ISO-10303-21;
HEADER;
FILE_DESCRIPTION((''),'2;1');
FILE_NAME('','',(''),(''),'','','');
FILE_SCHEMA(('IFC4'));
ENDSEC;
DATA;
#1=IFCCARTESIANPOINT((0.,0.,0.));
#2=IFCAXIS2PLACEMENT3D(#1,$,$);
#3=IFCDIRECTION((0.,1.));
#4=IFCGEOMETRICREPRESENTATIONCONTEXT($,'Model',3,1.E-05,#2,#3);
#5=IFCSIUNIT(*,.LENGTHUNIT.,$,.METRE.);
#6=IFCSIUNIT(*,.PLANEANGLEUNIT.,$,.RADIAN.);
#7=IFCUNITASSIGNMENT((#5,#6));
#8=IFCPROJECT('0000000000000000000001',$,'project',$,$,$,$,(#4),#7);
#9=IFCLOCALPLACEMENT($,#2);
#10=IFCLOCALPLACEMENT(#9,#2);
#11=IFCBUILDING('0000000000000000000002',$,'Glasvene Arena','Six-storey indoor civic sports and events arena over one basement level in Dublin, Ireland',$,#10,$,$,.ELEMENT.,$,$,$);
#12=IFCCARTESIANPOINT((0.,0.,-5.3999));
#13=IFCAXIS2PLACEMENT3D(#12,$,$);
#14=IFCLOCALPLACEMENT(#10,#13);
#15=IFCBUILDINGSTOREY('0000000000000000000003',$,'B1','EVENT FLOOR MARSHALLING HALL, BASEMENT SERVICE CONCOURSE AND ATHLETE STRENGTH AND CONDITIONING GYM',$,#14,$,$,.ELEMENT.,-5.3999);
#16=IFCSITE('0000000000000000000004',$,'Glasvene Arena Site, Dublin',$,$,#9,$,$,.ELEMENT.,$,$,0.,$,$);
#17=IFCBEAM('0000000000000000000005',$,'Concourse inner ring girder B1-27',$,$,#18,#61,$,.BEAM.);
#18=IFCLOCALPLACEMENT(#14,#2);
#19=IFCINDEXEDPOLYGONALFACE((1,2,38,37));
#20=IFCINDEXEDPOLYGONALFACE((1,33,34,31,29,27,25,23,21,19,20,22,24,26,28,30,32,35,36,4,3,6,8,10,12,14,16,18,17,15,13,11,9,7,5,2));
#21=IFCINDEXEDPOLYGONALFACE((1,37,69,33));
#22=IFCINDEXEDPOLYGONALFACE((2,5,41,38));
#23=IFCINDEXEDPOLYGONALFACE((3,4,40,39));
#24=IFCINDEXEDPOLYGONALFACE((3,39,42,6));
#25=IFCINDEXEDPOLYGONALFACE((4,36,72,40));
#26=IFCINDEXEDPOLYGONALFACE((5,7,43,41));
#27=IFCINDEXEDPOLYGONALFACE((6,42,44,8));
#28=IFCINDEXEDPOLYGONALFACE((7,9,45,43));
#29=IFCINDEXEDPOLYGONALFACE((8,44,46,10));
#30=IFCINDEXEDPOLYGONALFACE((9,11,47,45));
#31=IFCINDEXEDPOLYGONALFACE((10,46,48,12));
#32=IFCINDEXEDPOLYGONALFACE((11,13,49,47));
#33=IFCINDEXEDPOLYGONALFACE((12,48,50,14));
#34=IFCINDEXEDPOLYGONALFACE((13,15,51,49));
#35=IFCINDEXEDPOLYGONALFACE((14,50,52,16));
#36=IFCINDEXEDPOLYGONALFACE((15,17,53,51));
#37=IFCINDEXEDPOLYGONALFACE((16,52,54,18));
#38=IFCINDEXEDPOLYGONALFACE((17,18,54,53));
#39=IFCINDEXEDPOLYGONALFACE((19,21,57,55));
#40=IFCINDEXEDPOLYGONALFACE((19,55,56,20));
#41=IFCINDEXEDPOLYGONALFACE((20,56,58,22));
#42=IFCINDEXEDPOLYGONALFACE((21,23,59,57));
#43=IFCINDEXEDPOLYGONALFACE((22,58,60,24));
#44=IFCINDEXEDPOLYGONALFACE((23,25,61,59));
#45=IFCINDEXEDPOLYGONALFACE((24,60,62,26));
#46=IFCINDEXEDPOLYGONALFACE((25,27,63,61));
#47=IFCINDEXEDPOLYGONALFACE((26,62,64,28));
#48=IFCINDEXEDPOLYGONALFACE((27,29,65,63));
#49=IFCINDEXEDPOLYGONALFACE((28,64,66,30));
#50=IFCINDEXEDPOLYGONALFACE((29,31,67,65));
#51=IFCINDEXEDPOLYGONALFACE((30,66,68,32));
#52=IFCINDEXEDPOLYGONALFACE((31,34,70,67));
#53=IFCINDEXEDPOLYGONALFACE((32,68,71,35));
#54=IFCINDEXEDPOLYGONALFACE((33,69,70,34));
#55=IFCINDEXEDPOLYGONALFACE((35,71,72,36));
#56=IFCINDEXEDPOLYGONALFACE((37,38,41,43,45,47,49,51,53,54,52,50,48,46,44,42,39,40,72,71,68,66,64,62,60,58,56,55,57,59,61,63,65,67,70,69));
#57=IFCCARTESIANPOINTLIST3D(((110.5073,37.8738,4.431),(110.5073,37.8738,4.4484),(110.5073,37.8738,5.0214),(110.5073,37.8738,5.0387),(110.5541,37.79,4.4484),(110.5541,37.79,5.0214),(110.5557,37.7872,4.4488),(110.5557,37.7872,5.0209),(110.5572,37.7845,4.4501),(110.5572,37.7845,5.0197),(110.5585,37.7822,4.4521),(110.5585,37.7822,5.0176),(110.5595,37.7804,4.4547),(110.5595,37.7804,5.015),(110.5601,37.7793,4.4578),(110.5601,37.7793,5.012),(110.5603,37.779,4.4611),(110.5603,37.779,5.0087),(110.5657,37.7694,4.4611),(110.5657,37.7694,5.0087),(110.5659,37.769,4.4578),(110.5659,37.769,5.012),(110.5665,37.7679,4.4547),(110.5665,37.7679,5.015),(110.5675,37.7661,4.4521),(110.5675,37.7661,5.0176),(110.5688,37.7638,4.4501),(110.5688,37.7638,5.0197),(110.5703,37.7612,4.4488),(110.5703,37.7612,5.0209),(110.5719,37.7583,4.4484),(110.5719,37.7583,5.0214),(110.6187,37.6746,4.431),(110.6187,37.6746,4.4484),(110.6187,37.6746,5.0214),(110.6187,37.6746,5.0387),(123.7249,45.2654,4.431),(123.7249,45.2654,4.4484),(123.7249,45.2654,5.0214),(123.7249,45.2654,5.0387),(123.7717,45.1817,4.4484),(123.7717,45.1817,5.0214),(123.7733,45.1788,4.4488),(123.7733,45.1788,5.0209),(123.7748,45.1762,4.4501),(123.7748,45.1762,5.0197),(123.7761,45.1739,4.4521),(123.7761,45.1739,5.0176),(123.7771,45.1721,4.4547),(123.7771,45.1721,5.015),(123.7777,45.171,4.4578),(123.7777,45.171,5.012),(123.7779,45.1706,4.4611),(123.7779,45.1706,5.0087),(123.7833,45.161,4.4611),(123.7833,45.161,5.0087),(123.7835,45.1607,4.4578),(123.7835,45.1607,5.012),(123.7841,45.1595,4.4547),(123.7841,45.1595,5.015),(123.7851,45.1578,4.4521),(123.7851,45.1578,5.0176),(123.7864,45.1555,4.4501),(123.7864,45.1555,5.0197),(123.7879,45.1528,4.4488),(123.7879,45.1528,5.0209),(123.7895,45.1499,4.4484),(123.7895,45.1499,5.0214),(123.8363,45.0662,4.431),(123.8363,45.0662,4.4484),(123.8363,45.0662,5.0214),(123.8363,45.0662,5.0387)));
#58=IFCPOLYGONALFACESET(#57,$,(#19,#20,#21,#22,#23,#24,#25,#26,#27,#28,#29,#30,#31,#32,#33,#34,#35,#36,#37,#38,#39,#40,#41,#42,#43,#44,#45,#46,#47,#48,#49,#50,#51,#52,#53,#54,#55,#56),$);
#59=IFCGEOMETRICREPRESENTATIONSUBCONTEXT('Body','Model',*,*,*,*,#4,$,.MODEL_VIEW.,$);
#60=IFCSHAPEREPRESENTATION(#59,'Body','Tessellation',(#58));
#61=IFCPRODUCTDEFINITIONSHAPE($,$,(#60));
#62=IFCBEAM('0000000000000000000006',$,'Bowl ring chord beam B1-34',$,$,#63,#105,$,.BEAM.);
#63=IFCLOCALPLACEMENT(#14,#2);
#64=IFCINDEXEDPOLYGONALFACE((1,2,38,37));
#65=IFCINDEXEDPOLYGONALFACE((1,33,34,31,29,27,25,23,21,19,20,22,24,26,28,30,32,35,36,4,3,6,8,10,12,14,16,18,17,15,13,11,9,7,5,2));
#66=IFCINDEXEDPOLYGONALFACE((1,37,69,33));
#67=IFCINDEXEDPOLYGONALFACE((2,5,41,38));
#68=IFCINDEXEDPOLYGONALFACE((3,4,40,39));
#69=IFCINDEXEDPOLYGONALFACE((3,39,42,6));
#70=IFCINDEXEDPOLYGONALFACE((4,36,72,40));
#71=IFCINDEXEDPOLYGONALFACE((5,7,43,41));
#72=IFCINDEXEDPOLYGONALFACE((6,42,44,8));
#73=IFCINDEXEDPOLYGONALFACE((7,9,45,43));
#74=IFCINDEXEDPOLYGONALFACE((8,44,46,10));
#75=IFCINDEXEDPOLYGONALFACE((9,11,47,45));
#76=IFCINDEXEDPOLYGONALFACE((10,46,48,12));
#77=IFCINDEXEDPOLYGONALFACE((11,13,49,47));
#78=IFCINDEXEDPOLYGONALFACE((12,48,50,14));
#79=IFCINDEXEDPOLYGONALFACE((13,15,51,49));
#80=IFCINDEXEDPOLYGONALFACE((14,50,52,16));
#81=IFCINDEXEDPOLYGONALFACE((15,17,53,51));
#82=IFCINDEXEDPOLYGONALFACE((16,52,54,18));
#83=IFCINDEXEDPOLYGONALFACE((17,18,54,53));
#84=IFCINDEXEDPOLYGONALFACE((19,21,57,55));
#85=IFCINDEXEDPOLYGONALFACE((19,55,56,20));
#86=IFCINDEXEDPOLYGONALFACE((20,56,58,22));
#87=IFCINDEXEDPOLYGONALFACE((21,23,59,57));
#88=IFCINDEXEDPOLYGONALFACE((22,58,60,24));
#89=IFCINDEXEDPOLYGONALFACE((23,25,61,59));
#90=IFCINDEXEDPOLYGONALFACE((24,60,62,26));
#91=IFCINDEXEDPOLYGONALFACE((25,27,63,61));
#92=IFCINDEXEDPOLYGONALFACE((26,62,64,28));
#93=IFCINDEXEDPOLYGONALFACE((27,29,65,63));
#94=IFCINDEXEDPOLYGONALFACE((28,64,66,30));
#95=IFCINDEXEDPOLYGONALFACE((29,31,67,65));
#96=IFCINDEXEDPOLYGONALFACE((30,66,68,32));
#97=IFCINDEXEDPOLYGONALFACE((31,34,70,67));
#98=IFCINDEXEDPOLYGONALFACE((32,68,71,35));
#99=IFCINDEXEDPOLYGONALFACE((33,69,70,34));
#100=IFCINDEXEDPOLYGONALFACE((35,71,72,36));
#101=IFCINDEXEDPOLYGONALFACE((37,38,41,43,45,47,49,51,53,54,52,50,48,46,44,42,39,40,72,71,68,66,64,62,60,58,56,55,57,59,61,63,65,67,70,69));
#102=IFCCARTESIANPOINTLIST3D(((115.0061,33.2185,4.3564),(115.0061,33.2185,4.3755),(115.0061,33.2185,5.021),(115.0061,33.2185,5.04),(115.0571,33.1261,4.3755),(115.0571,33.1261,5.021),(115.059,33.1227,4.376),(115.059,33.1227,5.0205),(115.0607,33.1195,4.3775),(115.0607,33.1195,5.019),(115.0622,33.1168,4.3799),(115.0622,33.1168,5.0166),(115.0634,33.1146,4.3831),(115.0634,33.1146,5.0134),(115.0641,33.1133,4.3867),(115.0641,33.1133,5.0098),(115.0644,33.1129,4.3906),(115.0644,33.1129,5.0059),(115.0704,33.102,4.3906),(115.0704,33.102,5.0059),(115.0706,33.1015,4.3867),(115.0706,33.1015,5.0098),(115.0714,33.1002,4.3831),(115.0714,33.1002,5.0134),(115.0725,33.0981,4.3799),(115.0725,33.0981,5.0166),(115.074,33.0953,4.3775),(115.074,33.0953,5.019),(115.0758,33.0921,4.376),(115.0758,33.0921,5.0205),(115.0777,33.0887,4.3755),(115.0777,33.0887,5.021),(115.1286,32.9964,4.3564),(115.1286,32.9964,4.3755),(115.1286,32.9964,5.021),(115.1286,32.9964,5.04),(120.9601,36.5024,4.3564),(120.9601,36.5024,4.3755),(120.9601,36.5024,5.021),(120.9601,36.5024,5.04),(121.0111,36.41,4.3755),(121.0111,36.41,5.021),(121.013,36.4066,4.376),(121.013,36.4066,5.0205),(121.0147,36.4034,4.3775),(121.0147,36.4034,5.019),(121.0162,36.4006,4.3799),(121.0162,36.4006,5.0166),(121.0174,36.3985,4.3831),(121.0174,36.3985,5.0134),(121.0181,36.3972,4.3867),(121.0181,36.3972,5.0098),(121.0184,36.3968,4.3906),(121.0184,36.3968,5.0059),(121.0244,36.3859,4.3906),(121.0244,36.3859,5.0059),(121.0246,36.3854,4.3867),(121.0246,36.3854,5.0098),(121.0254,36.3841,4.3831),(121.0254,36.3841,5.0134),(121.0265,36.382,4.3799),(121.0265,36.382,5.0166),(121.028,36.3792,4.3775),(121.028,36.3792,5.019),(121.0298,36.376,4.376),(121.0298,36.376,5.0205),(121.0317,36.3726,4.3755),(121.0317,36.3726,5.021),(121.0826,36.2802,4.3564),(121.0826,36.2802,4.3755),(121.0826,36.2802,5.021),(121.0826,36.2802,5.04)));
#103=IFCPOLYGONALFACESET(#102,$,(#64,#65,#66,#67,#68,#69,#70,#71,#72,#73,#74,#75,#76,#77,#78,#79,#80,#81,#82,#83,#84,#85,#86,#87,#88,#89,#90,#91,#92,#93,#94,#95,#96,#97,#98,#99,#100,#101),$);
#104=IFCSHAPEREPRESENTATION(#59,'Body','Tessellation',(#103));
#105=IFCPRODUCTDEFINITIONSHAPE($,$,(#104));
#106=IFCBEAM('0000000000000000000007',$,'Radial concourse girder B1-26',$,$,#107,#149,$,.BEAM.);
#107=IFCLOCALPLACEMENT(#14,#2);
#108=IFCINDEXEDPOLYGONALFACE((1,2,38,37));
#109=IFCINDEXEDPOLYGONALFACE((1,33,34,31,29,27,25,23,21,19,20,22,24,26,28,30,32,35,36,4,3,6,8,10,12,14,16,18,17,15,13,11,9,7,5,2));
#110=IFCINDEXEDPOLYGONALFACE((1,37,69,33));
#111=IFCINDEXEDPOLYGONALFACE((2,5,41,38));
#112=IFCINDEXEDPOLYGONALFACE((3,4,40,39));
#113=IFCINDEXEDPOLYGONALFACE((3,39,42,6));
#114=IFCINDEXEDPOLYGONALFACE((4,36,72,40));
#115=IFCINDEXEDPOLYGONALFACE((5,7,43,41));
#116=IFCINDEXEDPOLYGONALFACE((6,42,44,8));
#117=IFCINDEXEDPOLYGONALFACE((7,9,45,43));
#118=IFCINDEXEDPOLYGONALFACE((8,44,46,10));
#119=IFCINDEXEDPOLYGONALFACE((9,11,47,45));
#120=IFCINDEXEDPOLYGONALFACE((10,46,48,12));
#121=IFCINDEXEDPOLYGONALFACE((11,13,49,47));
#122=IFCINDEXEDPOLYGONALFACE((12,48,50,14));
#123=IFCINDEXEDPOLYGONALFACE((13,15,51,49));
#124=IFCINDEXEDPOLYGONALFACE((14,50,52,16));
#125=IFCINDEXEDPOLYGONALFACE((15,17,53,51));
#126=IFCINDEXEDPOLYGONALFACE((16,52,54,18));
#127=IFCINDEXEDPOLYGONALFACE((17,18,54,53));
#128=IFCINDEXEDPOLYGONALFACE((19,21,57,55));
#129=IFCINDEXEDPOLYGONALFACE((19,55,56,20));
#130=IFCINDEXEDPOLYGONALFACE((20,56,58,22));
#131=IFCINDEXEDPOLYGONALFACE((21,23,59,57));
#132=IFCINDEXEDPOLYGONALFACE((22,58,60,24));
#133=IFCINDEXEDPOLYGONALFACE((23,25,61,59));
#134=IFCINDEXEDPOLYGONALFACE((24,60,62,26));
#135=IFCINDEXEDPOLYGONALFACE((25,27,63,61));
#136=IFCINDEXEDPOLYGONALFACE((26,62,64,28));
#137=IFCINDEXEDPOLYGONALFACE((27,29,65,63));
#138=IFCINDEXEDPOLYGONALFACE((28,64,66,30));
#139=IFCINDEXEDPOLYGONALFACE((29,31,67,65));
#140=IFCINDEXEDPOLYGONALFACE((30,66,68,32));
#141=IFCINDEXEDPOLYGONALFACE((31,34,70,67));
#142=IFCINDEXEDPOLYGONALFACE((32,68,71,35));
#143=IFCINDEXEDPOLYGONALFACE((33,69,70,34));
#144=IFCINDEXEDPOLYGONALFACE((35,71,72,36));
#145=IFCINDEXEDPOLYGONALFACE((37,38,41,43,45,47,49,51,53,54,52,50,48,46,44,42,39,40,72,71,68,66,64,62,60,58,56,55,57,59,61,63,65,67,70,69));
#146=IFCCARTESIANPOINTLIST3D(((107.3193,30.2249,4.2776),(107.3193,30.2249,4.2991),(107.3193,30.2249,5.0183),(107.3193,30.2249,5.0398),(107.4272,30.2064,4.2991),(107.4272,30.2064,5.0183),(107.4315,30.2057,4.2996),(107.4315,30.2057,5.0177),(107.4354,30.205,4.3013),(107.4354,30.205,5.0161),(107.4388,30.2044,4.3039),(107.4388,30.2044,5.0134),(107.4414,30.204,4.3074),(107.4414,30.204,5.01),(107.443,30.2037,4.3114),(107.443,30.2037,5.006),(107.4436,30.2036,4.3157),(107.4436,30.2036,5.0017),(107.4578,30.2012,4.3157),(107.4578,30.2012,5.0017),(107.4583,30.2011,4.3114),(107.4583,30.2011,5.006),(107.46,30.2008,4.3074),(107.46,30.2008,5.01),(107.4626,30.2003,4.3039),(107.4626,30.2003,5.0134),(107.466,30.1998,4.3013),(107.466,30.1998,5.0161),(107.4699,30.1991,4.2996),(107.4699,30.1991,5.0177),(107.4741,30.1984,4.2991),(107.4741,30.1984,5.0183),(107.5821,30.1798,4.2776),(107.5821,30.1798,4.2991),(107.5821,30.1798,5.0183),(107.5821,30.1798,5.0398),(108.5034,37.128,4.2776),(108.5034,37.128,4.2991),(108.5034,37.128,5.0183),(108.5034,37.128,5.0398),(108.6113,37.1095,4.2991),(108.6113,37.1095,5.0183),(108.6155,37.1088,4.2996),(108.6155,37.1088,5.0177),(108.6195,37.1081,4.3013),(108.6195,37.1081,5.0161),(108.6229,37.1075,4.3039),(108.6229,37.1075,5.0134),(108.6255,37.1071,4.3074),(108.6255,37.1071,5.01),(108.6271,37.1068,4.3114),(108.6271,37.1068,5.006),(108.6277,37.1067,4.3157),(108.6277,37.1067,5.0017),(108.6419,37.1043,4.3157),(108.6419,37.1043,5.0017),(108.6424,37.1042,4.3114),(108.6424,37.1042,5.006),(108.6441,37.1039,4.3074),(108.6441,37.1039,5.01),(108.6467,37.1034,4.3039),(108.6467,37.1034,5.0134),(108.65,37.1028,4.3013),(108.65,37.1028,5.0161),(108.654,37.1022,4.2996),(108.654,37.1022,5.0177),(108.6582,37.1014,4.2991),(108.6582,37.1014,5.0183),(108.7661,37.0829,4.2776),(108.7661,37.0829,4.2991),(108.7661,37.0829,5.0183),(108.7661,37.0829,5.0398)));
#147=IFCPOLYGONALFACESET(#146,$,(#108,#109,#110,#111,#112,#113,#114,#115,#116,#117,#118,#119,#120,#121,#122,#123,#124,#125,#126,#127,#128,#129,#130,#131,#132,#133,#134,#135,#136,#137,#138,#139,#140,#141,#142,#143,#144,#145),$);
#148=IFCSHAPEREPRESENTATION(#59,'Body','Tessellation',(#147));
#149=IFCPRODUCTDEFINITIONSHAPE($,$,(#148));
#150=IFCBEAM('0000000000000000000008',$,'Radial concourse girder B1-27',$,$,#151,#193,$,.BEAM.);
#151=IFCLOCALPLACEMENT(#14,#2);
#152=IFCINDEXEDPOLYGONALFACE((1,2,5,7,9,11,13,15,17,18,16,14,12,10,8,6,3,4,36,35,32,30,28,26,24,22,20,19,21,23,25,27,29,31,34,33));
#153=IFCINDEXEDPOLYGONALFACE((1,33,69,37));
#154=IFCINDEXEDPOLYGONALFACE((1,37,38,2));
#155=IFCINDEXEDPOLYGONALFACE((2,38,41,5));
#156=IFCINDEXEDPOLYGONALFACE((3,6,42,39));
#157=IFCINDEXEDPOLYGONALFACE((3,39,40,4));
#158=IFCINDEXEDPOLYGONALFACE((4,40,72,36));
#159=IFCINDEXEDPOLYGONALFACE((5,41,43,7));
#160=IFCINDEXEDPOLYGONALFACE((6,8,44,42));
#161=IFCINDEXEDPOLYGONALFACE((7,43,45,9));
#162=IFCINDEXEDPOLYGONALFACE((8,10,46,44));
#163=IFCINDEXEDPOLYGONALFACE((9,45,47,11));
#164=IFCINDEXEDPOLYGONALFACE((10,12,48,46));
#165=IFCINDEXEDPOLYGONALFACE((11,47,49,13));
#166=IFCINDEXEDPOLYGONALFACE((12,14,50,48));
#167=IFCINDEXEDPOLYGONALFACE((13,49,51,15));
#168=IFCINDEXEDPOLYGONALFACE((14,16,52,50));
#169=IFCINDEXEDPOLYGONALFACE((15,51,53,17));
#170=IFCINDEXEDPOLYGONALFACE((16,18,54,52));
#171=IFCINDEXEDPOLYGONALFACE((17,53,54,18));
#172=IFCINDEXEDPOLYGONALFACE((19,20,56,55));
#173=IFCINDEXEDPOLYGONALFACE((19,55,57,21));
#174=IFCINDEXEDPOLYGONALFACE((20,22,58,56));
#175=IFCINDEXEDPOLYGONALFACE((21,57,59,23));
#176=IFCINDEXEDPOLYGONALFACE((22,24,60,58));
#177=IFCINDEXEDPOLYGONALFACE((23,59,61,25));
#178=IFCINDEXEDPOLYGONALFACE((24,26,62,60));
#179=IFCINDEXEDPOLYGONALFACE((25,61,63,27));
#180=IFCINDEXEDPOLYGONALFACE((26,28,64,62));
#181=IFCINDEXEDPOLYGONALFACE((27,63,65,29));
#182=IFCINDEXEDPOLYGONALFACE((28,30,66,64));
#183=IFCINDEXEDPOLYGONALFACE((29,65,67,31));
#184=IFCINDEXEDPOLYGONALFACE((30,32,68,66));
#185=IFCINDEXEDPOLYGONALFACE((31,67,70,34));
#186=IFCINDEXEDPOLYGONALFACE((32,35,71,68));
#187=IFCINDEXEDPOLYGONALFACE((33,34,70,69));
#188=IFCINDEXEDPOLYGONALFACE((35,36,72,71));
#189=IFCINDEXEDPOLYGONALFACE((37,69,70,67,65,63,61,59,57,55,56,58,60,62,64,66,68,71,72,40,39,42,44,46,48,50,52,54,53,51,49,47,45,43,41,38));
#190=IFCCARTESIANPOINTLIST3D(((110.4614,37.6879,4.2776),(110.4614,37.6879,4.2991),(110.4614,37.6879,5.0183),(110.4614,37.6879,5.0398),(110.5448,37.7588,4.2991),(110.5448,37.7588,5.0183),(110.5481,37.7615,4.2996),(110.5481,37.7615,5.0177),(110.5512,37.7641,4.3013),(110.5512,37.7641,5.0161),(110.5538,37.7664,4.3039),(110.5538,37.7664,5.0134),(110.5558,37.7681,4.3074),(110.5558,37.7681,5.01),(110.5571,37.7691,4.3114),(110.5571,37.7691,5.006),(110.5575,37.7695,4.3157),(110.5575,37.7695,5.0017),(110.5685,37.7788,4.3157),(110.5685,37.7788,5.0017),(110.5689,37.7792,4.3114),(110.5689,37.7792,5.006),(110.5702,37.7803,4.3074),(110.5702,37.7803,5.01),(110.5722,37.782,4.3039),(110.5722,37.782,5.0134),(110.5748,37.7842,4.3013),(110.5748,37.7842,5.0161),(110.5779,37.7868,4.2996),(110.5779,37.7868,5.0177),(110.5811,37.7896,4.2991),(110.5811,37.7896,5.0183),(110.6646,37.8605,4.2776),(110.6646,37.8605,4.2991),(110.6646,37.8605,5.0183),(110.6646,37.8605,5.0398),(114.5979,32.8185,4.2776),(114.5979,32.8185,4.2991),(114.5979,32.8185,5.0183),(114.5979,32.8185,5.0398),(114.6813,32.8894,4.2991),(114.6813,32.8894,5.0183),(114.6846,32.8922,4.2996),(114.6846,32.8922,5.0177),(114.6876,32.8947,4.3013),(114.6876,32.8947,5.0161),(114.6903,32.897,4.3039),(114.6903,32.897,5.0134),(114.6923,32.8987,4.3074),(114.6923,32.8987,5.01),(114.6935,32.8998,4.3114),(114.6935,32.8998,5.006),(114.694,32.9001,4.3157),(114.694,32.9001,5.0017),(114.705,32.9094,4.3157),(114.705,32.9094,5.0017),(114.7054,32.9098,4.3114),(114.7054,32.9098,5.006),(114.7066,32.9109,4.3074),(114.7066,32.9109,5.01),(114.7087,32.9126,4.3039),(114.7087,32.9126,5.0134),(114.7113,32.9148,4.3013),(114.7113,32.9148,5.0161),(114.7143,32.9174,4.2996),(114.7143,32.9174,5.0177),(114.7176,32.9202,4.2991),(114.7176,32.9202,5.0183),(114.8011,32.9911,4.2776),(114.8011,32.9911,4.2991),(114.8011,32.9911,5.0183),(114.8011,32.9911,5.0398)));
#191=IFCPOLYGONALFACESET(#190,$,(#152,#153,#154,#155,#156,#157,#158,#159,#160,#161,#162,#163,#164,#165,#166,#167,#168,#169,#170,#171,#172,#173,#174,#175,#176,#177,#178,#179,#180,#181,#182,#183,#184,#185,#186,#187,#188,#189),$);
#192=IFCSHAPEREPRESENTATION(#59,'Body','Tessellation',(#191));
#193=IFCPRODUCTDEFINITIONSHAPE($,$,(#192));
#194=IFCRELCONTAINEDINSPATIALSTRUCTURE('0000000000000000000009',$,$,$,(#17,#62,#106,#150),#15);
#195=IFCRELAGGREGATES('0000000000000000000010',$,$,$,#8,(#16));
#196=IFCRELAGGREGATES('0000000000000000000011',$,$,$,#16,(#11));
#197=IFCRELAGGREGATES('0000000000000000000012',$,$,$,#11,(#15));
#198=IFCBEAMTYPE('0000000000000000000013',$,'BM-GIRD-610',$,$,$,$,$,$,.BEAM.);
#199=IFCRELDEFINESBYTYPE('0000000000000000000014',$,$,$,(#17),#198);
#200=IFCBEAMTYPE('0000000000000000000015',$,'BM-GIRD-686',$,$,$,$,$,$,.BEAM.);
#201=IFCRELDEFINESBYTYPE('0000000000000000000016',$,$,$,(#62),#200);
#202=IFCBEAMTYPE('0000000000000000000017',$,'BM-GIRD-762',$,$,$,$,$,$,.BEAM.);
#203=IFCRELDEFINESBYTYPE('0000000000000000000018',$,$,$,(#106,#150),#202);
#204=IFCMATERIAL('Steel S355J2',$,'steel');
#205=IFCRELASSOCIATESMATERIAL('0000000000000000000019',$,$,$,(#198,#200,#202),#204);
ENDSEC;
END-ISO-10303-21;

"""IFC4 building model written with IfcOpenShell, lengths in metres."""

from ifc_helpers import new_model, si_unit, direction, frame, origin, origin_2d, place, context, subcontext, project, spatial, i_section, extrude, material, material_profile, profile_set, type_object, element, save


model = new_model("IFC4")

# Units and contexts
model_context = context("Model", 3, precision=1e-05, world=origin(), true_north=direction((0.0, 1.0)))
body_context = subcontext(model_context, "Body", "Model", "MODEL_VIEW")
ifc_project = project(units=[si_unit("LENGTHUNIT", "METRE"), si_unit("PLANEANGLEUNIT", "RADIAN")], contexts=[model_context])

# Site, building, storey
site_placement = place(None, origin())
site = spatial("IfcSite", under=ifc_project, at=site_placement, Name="Glasvene Arena Site, Dublin", CompositionType="ELEMENT", RefElevation=0.0)
building_placement = place(site_placement, origin())
building = spatial("IfcBuilding", under=site, at=building_placement, Name="Glasvene Arena", Description="Six-storey indoor civic sports and events arena over one basement level in Dublin, Ireland", CompositionType="ELEMENT")
storey_placement = place(building_placement, frame((0.0, 0.0, -5.3999)))
storey = spatial("IfcBuildingStorey", under=building, at=storey_placement, Name="B1", Description="EVENT FLOOR MARSHALLING HALL, BASEMENT SERVICE CONCOURSE AND ATHLETE STRENGTH AND CONDITIONING GYM", CompositionType="ELEMENT", Elevation=-5.3999)

# Shared definitions
ifc_material_1 = material(Name="Steel S355J2", Category="steel")

# Beams
ifc_material_profile_1 = material_profile(ifc_material_1, i_section(OverallWidth=0.2283, OverallDepth=0.6077, WebThickness=0.011, FlangeThickness=0.0173, FilletRadius=0.0127, at=origin_2d()), Name="UKB 610x229x113")
ifc_profile_set_1 = profile_set([ifc_material_profile_1], Name="Steel S355J2")
beam_type_1 = type_object("IfcBeamType", Name="BM-GIRD-610", PredefinedType="BEAM", material=ifc_profile_set_1)
beam_1_placement = place(storey_placement, frame((110.563, 37.7742, 4.7349), z_axis=(0.872793, 0.48809, 0.0), x_axis=(-0.48809, 0.872793, 0.0)))
element("IfcBeam", 1, at=beam_1_placement, inside=storey, type_object=beam_type_1, Name="Concourse inner ring girder B1-27", PredefinedType="BEAM", context=body_context, shape_type="SweptSolid", body=[
    extrude(i_section(OverallWidth=0.2283, OverallDepth=0.6077, WebThickness=0.011, FlangeThickness=0.0173, FilletRadius=0.0127, at=origin_2d()), origin(), (0.0, 0.0, 1.0), 15.144),
])
ifc_material_profile_2 = material_profile(ifc_material_1, i_section(OverallWidth=0.2537, OverallDepth=0.6836, WebThickness=0.0125, FlangeThickness=0.019, FilletRadius=0.0151, at=origin_2d()), Name="UKB 686x254x140")
ifc_profile_set_2 = profile_set([ifc_material_profile_2], Name="Steel S355J2")
beam_type_2 = type_object("IfcBeamType", Name="BM-GIRD-686", PredefinedType="BEAM", material=ifc_profile_set_2)
beam_2_placement = place(storey_placement, frame((115.0674, 33.1074, 4.6982), z_axis=(0.875645, 0.482955, 0.0), x_axis=(-0.482955, 0.875645, 0.0)))
element("IfcBeam", 2, at=beam_2_placement, inside=storey, type_object=beam_type_2, Name="Bowl ring chord beam B1-34", PredefinedType="BEAM", context=body_context, shape_type="SweptSolid", body=[
    extrude(i_section(OverallWidth=0.2537, OverallDepth=0.6836, WebThickness=0.0125, FlangeThickness=0.019, FilletRadius=0.0151, at=origin_2d()), origin(), (0.0, 0.0, 1.0), 6.7996),
])
ifc_material_profile_3 = material_profile(ifc_material_1, i_section(OverallWidth=0.2666, OverallDepth=0.7622, WebThickness=0.0144, FlangeThickness=0.0215, FilletRadius=0.0166, at=origin_2d()), Name="UKB 762x267x173")
ifc_profile_set_3 = profile_set([ifc_material_profile_3], Name="Steel S355J2")
beam_type_3 = type_object("IfcBeamType", Name="BM-GIRD-762", PredefinedType="BEAM", material=ifc_profile_set_3)
beam_3_placement = place(storey_placement, frame((108.6348, 37.1055, 4.6587), z_axis=(-0.169061, -0.985606, 0.0), x_axis=(0.985606, -0.169061, 0.0)))
element("IfcBeam", 3, at=beam_3_placement, inside=storey, type_object=beam_type_3, Name="Radial concourse girder B1-26", PredefinedType="BEAM", context=body_context, shape_type="SweptSolid", body=[
    extrude(i_section(OverallWidth=0.2666, OverallDepth=0.7622, WebThickness=0.0144, FlangeThickness=0.0215, FilletRadius=0.0166, at=origin_2d()), origin(), (0.0, 0.0, 1.0), 7.0039),
])
beam_4_placement = place(storey_placement, frame((110.563, 37.7742, 4.6587), z_axis=(0.647421, -0.762133, 0.0), x_axis=(0.762133, 0.647421, 0.0)))
element("IfcBeam", 4, at=beam_4_placement, inside=storey, type_object=beam_type_3, Name="Radial concourse girder B1-27", PredefinedType="BEAM", context=body_context, shape_type="SweptSolid", body=[
    extrude(i_section(OverallWidth=0.2666, OverallDepth=0.7622, WebThickness=0.0144, FlangeThickness=0.0215, FilletRadius=0.0166, at=origin_2d()), origin(), (0.0, 0.0, 1.0), 6.3892),
])

save(model, "model.ifc")
